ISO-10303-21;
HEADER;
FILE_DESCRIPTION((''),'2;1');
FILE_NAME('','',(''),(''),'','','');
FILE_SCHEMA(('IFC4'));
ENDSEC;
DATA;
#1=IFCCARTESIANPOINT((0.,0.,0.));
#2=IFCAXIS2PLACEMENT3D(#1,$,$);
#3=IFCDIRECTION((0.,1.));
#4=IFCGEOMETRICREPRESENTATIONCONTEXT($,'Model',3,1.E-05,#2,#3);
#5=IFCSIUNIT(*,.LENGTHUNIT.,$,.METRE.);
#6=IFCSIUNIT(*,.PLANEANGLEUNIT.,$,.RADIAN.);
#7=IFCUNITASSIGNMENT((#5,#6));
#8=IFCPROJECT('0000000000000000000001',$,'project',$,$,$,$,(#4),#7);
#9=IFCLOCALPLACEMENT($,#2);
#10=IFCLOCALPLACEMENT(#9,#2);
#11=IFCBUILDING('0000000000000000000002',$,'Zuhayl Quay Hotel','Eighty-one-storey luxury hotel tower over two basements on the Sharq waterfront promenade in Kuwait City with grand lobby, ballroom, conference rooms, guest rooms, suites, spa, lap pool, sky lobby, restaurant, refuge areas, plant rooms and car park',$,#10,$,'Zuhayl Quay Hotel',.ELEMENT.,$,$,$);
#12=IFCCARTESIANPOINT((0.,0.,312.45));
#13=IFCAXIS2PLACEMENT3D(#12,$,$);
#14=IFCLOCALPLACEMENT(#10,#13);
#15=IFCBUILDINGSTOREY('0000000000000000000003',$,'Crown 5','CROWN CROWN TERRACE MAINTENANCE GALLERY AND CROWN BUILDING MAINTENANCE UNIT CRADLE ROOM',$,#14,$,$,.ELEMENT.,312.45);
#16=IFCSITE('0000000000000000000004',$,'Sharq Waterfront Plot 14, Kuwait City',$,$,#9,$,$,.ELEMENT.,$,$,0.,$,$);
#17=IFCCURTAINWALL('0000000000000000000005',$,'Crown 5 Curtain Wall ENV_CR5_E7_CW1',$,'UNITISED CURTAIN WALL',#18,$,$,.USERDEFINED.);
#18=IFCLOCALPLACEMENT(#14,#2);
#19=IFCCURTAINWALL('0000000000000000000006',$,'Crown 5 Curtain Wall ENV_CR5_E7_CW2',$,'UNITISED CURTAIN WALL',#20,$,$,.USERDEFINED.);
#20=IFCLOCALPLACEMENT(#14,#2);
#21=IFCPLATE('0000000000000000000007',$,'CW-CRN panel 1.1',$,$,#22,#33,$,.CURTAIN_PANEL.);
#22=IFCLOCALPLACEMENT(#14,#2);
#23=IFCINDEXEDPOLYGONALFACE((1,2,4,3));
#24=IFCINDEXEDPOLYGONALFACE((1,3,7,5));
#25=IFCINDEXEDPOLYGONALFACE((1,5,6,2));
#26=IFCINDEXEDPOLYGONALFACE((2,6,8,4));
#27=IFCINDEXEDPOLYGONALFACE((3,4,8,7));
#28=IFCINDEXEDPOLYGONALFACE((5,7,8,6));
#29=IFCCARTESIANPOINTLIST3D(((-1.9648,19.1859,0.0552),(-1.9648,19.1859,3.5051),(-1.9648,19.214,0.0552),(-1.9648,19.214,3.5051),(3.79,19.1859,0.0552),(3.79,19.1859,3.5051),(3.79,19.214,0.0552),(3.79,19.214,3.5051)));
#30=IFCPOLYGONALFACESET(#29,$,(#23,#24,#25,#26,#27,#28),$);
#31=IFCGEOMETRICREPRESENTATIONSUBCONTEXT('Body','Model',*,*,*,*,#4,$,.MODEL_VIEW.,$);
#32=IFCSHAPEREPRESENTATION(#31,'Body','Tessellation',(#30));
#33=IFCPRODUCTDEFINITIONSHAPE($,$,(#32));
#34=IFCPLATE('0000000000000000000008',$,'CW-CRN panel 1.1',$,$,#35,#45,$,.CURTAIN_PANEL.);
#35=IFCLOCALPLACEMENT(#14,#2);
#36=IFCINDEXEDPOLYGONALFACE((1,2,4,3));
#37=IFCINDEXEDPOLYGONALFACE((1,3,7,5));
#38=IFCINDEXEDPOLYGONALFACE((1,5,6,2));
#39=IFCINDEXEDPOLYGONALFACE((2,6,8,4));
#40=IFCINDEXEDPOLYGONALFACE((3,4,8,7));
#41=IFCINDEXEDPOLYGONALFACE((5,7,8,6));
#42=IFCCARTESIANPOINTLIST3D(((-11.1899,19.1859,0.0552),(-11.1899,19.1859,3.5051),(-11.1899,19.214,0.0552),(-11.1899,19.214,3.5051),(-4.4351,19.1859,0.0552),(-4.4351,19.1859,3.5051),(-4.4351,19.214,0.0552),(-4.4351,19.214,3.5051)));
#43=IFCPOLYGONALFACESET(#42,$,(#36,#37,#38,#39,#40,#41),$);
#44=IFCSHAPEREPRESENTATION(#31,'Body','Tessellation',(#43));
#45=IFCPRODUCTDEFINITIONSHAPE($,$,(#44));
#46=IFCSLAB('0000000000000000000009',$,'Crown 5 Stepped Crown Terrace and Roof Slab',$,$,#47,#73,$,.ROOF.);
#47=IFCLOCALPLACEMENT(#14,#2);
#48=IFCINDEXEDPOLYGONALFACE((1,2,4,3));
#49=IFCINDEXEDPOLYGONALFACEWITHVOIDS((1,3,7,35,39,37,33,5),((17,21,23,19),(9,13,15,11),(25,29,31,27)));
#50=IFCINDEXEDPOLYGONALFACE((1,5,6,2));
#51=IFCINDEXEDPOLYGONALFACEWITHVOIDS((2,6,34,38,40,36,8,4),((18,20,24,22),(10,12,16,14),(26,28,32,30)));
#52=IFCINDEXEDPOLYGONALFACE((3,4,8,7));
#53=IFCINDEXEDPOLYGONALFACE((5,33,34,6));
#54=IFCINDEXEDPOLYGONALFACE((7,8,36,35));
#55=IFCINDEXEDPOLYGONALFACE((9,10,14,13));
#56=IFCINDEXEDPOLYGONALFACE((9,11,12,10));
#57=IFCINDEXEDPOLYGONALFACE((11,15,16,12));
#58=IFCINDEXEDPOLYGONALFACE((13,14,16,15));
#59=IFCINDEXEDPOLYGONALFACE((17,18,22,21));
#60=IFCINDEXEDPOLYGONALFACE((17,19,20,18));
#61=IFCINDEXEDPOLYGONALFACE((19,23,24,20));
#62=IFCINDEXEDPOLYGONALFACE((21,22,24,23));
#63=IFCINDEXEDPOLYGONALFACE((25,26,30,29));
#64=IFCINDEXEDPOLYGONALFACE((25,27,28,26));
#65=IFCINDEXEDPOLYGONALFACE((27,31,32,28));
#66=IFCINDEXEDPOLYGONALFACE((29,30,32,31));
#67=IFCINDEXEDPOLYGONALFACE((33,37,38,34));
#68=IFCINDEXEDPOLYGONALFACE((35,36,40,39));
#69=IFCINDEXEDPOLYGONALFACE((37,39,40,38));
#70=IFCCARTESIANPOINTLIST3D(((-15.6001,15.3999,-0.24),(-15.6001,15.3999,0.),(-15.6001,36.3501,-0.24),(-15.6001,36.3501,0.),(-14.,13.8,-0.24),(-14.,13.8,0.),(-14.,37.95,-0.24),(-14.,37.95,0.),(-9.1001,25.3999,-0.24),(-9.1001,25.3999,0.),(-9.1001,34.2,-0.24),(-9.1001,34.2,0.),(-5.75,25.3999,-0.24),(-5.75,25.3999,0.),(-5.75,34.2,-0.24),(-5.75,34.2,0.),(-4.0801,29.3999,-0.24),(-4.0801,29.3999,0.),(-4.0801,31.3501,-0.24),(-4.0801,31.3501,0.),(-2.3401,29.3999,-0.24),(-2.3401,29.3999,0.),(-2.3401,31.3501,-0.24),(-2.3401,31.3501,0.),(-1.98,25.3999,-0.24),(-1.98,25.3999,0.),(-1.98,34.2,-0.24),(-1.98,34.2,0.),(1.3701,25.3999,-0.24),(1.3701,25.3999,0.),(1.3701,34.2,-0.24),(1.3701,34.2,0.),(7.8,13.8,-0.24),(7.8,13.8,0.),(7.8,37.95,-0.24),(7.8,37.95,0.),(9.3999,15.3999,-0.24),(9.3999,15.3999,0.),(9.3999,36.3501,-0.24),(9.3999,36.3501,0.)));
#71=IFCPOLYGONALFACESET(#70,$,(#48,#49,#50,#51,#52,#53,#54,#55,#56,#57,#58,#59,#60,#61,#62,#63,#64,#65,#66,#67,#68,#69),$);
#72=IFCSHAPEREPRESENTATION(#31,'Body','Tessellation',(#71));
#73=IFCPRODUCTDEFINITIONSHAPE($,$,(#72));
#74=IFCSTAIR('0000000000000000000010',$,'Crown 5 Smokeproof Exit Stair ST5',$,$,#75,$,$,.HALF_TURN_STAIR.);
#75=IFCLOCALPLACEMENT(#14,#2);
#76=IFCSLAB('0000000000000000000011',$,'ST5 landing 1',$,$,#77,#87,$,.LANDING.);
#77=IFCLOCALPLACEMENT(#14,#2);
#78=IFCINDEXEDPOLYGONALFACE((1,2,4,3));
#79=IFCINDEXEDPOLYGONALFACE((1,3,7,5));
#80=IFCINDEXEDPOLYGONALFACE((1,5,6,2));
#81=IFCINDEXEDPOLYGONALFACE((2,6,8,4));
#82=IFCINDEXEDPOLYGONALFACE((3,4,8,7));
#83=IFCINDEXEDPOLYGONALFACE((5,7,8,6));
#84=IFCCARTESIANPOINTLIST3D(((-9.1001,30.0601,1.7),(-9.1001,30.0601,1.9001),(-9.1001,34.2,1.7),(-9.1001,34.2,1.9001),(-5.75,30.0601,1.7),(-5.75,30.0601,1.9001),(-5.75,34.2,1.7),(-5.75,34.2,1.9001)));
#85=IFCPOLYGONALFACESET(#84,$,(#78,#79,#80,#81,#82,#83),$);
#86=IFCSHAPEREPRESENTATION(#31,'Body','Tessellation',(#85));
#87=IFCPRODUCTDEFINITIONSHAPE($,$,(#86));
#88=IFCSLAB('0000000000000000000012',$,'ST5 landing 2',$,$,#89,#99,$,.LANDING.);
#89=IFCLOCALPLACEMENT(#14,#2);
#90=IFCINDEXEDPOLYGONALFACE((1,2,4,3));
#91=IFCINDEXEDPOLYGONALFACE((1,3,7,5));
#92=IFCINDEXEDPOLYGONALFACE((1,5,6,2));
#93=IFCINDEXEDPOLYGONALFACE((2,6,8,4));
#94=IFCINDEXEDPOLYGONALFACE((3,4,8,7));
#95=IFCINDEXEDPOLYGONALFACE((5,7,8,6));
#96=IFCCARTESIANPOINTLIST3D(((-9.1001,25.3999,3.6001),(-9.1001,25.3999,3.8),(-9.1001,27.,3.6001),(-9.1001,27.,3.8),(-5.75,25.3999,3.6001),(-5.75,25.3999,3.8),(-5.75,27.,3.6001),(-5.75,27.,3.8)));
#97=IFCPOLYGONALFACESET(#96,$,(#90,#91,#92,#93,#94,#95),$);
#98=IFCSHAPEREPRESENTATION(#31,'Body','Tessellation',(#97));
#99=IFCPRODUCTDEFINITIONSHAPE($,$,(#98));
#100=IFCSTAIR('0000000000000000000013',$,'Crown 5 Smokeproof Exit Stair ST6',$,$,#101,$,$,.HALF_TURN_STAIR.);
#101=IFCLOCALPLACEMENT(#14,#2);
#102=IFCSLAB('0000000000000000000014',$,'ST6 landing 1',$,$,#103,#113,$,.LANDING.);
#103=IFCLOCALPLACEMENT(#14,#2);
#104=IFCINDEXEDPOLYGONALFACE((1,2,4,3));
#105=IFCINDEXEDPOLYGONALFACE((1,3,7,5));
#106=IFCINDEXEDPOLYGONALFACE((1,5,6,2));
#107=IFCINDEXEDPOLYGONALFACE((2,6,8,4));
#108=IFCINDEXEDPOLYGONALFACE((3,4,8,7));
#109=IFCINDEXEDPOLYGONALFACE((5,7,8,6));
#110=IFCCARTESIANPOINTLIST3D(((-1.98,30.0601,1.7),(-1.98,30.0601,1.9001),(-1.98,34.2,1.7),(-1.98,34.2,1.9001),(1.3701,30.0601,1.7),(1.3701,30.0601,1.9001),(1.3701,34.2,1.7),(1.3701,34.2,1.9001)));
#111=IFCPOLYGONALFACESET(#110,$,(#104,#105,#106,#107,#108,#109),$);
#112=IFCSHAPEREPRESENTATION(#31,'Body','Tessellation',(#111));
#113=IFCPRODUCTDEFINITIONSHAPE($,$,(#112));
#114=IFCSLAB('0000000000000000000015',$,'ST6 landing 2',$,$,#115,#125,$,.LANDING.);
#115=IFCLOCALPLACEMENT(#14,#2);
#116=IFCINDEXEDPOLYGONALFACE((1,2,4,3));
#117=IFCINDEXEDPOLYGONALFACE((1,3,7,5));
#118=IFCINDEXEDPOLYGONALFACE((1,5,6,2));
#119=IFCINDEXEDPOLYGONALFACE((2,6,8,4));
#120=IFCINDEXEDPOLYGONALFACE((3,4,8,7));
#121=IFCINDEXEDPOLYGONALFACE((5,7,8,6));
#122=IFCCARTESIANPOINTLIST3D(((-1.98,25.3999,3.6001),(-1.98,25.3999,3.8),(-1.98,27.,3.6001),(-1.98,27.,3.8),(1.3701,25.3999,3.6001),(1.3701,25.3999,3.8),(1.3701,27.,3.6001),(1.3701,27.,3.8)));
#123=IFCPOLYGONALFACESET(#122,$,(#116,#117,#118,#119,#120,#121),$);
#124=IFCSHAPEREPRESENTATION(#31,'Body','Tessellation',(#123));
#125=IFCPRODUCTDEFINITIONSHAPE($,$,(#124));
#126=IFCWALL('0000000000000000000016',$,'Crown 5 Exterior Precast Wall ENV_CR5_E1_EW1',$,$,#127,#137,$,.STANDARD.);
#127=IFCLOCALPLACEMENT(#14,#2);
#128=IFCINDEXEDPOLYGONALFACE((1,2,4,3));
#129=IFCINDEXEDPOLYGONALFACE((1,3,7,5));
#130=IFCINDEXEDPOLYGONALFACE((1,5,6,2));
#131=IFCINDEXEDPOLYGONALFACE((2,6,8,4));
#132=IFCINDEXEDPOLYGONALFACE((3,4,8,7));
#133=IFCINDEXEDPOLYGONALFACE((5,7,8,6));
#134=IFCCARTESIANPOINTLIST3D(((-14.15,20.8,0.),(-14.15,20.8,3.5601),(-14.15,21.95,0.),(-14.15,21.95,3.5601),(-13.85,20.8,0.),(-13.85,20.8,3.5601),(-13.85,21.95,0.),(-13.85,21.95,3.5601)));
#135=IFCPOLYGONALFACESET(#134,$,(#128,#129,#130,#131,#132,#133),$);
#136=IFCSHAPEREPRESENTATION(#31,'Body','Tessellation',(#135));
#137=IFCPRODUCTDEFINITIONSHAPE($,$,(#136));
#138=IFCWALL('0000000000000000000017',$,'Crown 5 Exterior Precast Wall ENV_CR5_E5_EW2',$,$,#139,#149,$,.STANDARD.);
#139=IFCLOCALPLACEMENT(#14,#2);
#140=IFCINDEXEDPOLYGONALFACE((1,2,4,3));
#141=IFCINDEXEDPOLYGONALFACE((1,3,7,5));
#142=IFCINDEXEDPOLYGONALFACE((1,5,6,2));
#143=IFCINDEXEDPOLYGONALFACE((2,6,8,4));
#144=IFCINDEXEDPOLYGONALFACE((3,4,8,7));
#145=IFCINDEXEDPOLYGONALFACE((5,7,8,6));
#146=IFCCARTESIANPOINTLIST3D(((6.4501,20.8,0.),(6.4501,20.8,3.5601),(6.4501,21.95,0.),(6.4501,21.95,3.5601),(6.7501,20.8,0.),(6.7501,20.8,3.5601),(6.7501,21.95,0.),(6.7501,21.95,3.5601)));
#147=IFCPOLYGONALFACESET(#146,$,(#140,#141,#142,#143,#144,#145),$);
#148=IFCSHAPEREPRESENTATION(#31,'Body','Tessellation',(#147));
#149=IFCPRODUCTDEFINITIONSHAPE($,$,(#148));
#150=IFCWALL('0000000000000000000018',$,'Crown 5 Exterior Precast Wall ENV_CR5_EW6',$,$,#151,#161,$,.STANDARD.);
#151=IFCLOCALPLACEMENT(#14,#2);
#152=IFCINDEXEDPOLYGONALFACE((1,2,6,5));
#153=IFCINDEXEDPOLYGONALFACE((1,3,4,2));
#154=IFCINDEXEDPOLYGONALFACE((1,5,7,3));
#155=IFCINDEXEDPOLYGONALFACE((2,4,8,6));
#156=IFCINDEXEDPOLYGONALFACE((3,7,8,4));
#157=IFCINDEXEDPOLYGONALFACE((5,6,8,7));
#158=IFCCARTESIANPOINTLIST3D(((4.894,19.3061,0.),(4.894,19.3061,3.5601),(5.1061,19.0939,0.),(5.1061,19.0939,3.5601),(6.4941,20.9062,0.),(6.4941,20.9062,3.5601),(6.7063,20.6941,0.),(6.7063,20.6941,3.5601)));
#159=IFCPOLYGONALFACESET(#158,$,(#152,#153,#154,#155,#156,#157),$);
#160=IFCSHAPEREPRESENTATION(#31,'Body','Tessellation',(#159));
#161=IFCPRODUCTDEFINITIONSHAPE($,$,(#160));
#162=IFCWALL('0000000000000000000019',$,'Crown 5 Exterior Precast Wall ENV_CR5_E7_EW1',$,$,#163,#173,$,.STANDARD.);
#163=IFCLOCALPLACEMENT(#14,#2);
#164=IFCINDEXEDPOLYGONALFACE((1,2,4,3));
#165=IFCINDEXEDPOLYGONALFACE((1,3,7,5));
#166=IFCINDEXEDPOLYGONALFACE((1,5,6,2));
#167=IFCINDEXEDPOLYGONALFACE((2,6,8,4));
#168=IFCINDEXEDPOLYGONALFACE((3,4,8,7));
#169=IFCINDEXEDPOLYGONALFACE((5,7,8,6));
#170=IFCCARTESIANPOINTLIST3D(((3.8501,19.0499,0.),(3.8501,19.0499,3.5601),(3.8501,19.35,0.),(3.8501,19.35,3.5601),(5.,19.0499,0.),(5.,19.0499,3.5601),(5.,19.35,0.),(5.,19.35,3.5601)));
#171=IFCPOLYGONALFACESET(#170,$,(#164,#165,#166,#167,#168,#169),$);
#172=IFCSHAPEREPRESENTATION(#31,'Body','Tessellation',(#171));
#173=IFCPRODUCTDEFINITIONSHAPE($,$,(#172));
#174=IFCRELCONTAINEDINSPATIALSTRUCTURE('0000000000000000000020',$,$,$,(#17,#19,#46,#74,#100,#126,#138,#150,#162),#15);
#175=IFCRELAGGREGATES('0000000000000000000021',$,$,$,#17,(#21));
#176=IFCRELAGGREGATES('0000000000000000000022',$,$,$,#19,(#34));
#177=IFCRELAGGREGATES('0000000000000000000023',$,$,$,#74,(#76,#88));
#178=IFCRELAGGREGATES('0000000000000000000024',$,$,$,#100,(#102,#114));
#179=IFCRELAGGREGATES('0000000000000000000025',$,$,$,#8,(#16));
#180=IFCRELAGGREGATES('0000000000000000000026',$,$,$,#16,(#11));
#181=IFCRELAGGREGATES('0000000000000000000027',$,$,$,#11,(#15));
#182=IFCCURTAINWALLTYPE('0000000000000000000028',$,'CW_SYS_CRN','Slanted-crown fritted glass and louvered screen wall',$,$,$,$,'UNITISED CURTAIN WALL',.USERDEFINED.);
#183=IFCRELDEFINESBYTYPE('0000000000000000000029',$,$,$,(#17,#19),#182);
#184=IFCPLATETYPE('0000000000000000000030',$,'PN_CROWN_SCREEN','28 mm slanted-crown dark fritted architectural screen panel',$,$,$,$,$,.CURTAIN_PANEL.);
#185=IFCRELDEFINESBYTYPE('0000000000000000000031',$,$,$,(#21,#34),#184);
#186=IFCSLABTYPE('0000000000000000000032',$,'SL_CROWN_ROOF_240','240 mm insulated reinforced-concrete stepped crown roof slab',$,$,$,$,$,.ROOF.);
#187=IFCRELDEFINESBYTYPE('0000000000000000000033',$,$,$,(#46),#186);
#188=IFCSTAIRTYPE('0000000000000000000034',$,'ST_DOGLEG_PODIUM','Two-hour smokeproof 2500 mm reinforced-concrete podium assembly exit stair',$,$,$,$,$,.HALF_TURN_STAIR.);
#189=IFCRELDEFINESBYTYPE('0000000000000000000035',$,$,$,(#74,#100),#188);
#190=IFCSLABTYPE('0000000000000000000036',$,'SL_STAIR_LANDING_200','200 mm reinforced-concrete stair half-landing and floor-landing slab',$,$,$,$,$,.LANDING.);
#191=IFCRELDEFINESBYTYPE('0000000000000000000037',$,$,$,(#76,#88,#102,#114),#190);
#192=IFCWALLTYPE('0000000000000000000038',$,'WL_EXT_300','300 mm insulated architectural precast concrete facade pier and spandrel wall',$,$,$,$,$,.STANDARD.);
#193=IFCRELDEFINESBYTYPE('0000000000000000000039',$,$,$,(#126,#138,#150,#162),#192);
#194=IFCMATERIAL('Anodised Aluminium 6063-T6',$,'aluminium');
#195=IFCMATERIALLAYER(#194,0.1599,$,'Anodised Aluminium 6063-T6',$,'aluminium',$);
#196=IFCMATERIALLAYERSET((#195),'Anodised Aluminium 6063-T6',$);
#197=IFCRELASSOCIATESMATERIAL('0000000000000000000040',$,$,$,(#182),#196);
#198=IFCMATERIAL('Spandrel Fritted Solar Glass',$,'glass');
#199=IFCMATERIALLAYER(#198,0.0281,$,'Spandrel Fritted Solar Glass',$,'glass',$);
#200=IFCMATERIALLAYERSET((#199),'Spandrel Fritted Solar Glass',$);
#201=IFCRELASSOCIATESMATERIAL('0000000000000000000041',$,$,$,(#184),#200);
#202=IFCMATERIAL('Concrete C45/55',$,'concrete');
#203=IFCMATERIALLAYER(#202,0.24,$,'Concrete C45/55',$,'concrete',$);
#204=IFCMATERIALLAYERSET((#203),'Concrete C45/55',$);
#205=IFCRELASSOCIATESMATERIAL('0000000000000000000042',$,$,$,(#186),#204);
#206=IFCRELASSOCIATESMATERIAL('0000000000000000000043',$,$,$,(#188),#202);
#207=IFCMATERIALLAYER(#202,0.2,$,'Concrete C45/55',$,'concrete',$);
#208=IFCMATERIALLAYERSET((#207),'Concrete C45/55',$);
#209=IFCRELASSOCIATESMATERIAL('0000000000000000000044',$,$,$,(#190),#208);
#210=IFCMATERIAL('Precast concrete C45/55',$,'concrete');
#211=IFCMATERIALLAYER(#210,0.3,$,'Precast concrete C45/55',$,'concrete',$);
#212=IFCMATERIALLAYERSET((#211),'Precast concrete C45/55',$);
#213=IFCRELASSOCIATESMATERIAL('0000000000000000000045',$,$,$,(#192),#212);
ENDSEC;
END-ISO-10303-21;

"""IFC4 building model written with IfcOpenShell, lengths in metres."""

from ifc_helpers import new_model, si_unit, direction, frame, frame_2d, origin, origin_2d, place, context, subcontext, project, spatial, polyline, rectangle, outline, extrude, material, layer, layer_set, type_object, element, aggregate, save


model = new_model("IFC4")

# Units and contexts
model_context = context("Model", 3, precision=1e-05, world=origin(), true_north=direction((0.0, 1.0)))
body_context = subcontext(model_context, "Body", "Model", "MODEL_VIEW")
ifc_project = project(units=[si_unit("LENGTHUNIT", "METRE"), si_unit("PLANEANGLEUNIT", "RADIAN")], contexts=[model_context])

# Site, building, storey
site_placement = place(None, origin())
site = spatial("IfcSite", under=ifc_project, at=site_placement, Name="Sharq Waterfront Plot 14, Kuwait City", CompositionType="ELEMENT", RefElevation=0.0)
building_placement = place(site_placement, origin())
building = spatial("IfcBuilding", under=site, at=building_placement, Name="Zuhayl Quay Hotel", Description="Eighty-one-storey luxury hotel tower over two basements on the Sharq waterfront promenade in Kuwait City with grand lobby, ballroom, conference rooms, guest rooms, suites, spa, lap pool, sky lobby, restaurant, refuge areas, plant rooms and car park", LongName="Zuhayl Quay Hotel", CompositionType="ELEMENT")
storey_placement = place(building_placement, frame((0.0, 0.0, 312.45)))
storey = spatial("IfcBuildingStorey", under=building, at=storey_placement, Name="Crown 5", Description="CROWN CROWN TERRACE MAINTENANCE GALLERY AND CROWN BUILDING MAINTENANCE UNIT CRADLE ROOM", CompositionType="ELEMENT", Elevation=312.45)

# Shared definitions
ifc_material_1 = material(Name="Anodised Aluminium 6063-T6", Category="aluminium")
ifc_layer_1 = layer(ifc_material_1, 0.1599, Name="Anodised Aluminium 6063-T6", Category="aluminium")
ifc_layer_set_1 = layer_set([ifc_layer_1], Name="Anodised Aluminium 6063-T6")
curtain_wall_type = type_object("IfcCurtainWallType", Name="CW_SYS_CRN", Description="Slanted-crown fritted glass and louvered screen wall", ElementType="UNITISED CURTAIN WALL", PredefinedType="USERDEFINED", material=ifc_layer_set_1)

# Curtain walls
curtain_wall_1_placement = place(storey_placement, origin())
curtain_wall_1 = element("IfcCurtainWall", 1, at=curtain_wall_1_placement, inside=storey, type_object=curtain_wall_type, Name="Crown 5 Curtain Wall ENV_CR5_E7_CW1", ObjectType="UNITISED CURTAIN WALL", PredefinedType="USERDEFINED")
curtain_wall_2_placement = place(storey_placement, origin())
curtain_wall_2 = element("IfcCurtainWall", 2, at=curtain_wall_2_placement, inside=storey, type_object=curtain_wall_type, Name="Crown 5 Curtain Wall ENV_CR5_E7_CW2", ObjectType="UNITISED CURTAIN WALL", PredefinedType="USERDEFINED")

# Plates
ifc_material_2 = material(Name="Spandrel Fritted Solar Glass", Category="glass")
ifc_layer_2 = layer(ifc_material_2, 0.0281, Name="Spandrel Fritted Solar Glass", Category="glass")
ifc_layer_set_2 = layer_set([ifc_layer_2], Name="Spandrel Fritted Solar Glass")
plate_type = type_object("IfcPlateType", Name="PN_CROWN_SCREEN", Description="28 mm slanted-crown dark fritted architectural screen panel", PredefinedType="CURTAIN_PANEL", material=ifc_layer_set_2)
plate_1_placement = place(storey_placement, frame((0.9126, 19.2, 0.0552), z_axis=(0.0, 0.0, 1.0), x_axis=(-1.0, 0.0, 0.0)))
plate_1 = element("IfcPlate", 3, at=plate_1_placement, type_object=plate_type, Name="CW-CRN panel 1.1", PredefinedType="CURTAIN_PANEL", context=body_context, shape_type="SweptSolid", body=[
    extrude(rectangle(XDim=5.7549, YDim=0.0281, at=origin_2d()), origin(), (0.0, 0.0, 1.0), 3.45),
])
aggregate(curtain_wall_1, [plate_1])
plate_2_placement = place(storey_placement, frame((-7.8125, 19.2, 0.0552), z_axis=(0.0, 0.0, 1.0), x_axis=(-1.0, 0.0, 0.0)))
plate_2 = element("IfcPlate", 4, at=plate_2_placement, type_object=plate_type, Name="CW-CRN panel 1.1", PredefinedType="CURTAIN_PANEL", context=body_context, shape_type="SweptSolid", body=[
    extrude(rectangle(XDim=6.7549, YDim=0.0281, at=origin_2d()), origin(), (0.0, 0.0, 1.0), 3.45),
])
aggregate(curtain_wall_2, [plate_2])

# Slab
ifc_material_3 = material(Name="Concrete C45/55", Category="concrete")
ifc_layer_3 = layer(ifc_material_3, 0.24, Name="Concrete C45/55", Category="concrete")
ifc_layer_set_3 = layer_set([ifc_layer_3], Name="Concrete C45/55")
slab_type_1 = type_object("IfcSlabType", Name="SL_CROWN_ROOF_240", Description="240 mm insulated reinforced-concrete stepped crown roof slab", PredefinedType="ROOF", material=ifc_layer_set_3)
slab_1_placement = place(storey_placement, frame((0.0, 0.0, -0.24)))
element("IfcSlab", 5, at=slab_1_placement, inside=storey, type_object=slab_type_1, Name="Crown 5 Stepped Crown Terrace and Roof Slab", PredefinedType="ROOF", context=body_context, shape_type="SweptSolid", body=[
    extrude(outline(polyline([(-14.0, 13.8), (7.8, 13.8), (9.3999, 15.3999), (9.3999, 36.3501), (7.8, 37.95), (-14.0, 37.95), (-15.6001, 36.3501), (-15.6001, 15.3999), (-14.0, 13.8)]), holes=[polyline([(-5.75, 25.3999), (-5.75, 34.2), (-9.1001, 34.2), (-9.1001, 25.3999), (-5.75, 25.3999)]), polyline([(1.3701, 25.3999), (1.3701, 34.2), (-1.98, 34.2), (-1.98, 25.3999), (1.3701, 25.3999)]), polyline([(-4.0801, 29.3999), (-2.3401, 29.3999), (-2.3401, 31.3501), (-4.0801, 31.3501), (-4.0801, 29.3999)])]), origin(), (0.0, 0.0, 1.0), 0.24),
])

# Stairs, slabs
stair_type = type_object("IfcStairType", Name="ST_DOGLEG_PODIUM", Description="Two-hour smokeproof 2500 mm reinforced-concrete podium assembly exit stair", PredefinedType="HALF_TURN_STAIR", material=ifc_material_3)
stair_1_placement = place(storey_placement, origin())
stair_1 = element("IfcStair", 6, at=stair_1_placement, inside=storey, type_object=stair_type, Name="Crown 5 Smokeproof Exit Stair ST5", PredefinedType="HALF_TURN_STAIR")
ifc_layer_4 = layer(ifc_material_3, 0.2, Name="Concrete C45/55", Category="concrete")
ifc_layer_set_4 = layer_set([ifc_layer_4], Name="Concrete C45/55")
slab_type_2 = type_object("IfcSlabType", Name="SL_STAIR_LANDING_200", Description="200 mm reinforced-concrete stair half-landing and floor-landing slab", PredefinedType="LANDING", material=ifc_layer_set_4)
slab_2_placement = place(storey_placement, frame((0.0, 0.0, 1.7)))
slab_2 = element("IfcSlab", 7, at=slab_2_placement, type_object=slab_type_2, Name="ST5 landing 1", PredefinedType="LANDING", context=body_context, shape_type="SweptSolid", body=[
    extrude(outline(polyline([(-5.75, 30.0601), (-5.75, 34.2), (-9.1001, 34.2), (-9.1001, 30.0601), (-5.75, 30.0601)])), origin(), (0.0, 0.0, 1.0), 0.2002),
])
slab_3_placement = place(storey_placement, frame((0.0, 0.0, 3.6001)))
slab_3 = element("IfcSlab", 8, at=slab_3_placement, type_object=slab_type_2, Name="ST5 landing 2", PredefinedType="LANDING", context=body_context, shape_type="SweptSolid", body=[
    extrude(outline(polyline([(-5.75, 25.3999), (-5.75, 27.0), (-9.1001, 27.0), (-9.1001, 25.3999), (-5.75, 25.3999)])), origin(), (0.0, 0.0, 1.0), 0.2),
])
aggregate(stair_1, [slab_2, slab_3])
stair_2_placement = place(storey_placement, origin())
stair_2 = element("IfcStair", 9, at=stair_2_placement, inside=storey, type_object=stair_type, Name="Crown 5 Smokeproof Exit Stair ST6", PredefinedType="HALF_TURN_STAIR")
slab_4_placement = place(storey_placement, frame((0.0, 0.0, 1.7)))
slab_4 = element("IfcSlab", 10, at=slab_4_placement, type_object=slab_type_2, Name="ST6 landing 1", PredefinedType="LANDING", context=body_context, shape_type="SweptSolid", body=[
    extrude(outline(polyline([(1.3701, 30.0601), (1.3701, 34.2), (-1.98, 34.2), (-1.98, 30.0601), (1.3701, 30.0601)])), origin(), (0.0, 0.0, 1.0), 0.2002),
])
slab_5_placement = place(storey_placement, frame((0.0, 0.0, 3.6001)))
slab_5 = element("IfcSlab", 11, at=slab_5_placement, type_object=slab_type_2, Name="ST6 landing 2", PredefinedType="LANDING", context=body_context, shape_type="SweptSolid", body=[
    extrude(outline(polyline([(1.3701, 25.3999), (1.3701, 27.0), (-1.98, 27.0), (-1.98, 25.3999), (1.3701, 25.3999)])), origin(), (0.0, 0.0, 1.0), 0.2),
])
aggregate(stair_2, [slab_4, slab_5])

# Walls
ifc_material_4 = material(Name="Precast concrete C45/55", Category="concrete")
ifc_layer_5 = layer(ifc_material_4, 0.3, Name="Precast concrete C45/55", Category="concrete")
ifc_layer_set_5 = layer_set([ifc_layer_5], Name="Precast concrete C45/55")
wall_type = type_object("IfcWallType", Name="WL_EXT_300", Description="300 mm insulated architectural precast concrete facade pier and spandrel wall", PredefinedType="STANDARD", material=ifc_layer_set_5)
for number, where, z_axis, x_axis, name in (
    (12, (-14.0, 20.8, 0.0), (0.0, 0.0, 1.0), (0.0, 1.0, 0.0), "Crown 5 Exterior Precast Wall ENV_CR5_E1_EW1"),
    (13, (6.6001, 21.95, 0.0), (0.0, 0.0, 1.0), (0.0, -1.0, 0.0), "Crown 5 Exterior Precast Wall ENV_CR5_E5_EW2"),
):
    element("IfcWall", number, at=place(storey_placement, frame(where, z_axis=z_axis, x_axis=x_axis)), inside=storey, type_object=wall_type, Name=name, PredefinedType="STANDARD", context=body_context, shape_type="SweptSolid", body=[
        extrude(rectangle(XDim=1.1499, YDim=0.3, at=frame_2d((0.575, 0.0))), origin(), (0.0, 0.0, 1.0), 3.5601),
    ])
wall_1_placement = place(storey_placement, frame((6.6001, 20.8, 0.0), z_axis=(0.0, 0.0, 1.0), x_axis=(-0.707107, -0.707107, 0.0)))
element("IfcWall", 14, at=wall_1_placement, inside=storey, type_object=wall_type, Name="Crown 5 Exterior Precast Wall ENV_CR5_EW6", PredefinedType="STANDARD", context=body_context, shape_type="SweptSolid", body=[
    extrude(rectangle(XDim=2.2629, YDim=0.3, at=frame_2d((1.1313, 0.0))), origin(), (0.0, 0.0, 1.0), 3.5601),
])
wall_2_placement = place(storey_placement, frame((5.0, 19.2, 0.0), z_axis=(0.0, 0.0, 1.0), x_axis=(-1.0, 0.0, 0.0)))
element("IfcWall", 15, at=wall_2_placement, inside=storey, type_object=wall_type, Name="Crown 5 Exterior Precast Wall ENV_CR5_E7_EW1", PredefinedType="STANDARD", context=body_context, shape_type="SweptSolid", body=[
    extrude(rectangle(XDim=1.1499, YDim=0.3, at=frame_2d((0.575, 0.0))), origin(), (0.0, 0.0, 1.0), 3.5601),
])

save(model, "model.ifc")
